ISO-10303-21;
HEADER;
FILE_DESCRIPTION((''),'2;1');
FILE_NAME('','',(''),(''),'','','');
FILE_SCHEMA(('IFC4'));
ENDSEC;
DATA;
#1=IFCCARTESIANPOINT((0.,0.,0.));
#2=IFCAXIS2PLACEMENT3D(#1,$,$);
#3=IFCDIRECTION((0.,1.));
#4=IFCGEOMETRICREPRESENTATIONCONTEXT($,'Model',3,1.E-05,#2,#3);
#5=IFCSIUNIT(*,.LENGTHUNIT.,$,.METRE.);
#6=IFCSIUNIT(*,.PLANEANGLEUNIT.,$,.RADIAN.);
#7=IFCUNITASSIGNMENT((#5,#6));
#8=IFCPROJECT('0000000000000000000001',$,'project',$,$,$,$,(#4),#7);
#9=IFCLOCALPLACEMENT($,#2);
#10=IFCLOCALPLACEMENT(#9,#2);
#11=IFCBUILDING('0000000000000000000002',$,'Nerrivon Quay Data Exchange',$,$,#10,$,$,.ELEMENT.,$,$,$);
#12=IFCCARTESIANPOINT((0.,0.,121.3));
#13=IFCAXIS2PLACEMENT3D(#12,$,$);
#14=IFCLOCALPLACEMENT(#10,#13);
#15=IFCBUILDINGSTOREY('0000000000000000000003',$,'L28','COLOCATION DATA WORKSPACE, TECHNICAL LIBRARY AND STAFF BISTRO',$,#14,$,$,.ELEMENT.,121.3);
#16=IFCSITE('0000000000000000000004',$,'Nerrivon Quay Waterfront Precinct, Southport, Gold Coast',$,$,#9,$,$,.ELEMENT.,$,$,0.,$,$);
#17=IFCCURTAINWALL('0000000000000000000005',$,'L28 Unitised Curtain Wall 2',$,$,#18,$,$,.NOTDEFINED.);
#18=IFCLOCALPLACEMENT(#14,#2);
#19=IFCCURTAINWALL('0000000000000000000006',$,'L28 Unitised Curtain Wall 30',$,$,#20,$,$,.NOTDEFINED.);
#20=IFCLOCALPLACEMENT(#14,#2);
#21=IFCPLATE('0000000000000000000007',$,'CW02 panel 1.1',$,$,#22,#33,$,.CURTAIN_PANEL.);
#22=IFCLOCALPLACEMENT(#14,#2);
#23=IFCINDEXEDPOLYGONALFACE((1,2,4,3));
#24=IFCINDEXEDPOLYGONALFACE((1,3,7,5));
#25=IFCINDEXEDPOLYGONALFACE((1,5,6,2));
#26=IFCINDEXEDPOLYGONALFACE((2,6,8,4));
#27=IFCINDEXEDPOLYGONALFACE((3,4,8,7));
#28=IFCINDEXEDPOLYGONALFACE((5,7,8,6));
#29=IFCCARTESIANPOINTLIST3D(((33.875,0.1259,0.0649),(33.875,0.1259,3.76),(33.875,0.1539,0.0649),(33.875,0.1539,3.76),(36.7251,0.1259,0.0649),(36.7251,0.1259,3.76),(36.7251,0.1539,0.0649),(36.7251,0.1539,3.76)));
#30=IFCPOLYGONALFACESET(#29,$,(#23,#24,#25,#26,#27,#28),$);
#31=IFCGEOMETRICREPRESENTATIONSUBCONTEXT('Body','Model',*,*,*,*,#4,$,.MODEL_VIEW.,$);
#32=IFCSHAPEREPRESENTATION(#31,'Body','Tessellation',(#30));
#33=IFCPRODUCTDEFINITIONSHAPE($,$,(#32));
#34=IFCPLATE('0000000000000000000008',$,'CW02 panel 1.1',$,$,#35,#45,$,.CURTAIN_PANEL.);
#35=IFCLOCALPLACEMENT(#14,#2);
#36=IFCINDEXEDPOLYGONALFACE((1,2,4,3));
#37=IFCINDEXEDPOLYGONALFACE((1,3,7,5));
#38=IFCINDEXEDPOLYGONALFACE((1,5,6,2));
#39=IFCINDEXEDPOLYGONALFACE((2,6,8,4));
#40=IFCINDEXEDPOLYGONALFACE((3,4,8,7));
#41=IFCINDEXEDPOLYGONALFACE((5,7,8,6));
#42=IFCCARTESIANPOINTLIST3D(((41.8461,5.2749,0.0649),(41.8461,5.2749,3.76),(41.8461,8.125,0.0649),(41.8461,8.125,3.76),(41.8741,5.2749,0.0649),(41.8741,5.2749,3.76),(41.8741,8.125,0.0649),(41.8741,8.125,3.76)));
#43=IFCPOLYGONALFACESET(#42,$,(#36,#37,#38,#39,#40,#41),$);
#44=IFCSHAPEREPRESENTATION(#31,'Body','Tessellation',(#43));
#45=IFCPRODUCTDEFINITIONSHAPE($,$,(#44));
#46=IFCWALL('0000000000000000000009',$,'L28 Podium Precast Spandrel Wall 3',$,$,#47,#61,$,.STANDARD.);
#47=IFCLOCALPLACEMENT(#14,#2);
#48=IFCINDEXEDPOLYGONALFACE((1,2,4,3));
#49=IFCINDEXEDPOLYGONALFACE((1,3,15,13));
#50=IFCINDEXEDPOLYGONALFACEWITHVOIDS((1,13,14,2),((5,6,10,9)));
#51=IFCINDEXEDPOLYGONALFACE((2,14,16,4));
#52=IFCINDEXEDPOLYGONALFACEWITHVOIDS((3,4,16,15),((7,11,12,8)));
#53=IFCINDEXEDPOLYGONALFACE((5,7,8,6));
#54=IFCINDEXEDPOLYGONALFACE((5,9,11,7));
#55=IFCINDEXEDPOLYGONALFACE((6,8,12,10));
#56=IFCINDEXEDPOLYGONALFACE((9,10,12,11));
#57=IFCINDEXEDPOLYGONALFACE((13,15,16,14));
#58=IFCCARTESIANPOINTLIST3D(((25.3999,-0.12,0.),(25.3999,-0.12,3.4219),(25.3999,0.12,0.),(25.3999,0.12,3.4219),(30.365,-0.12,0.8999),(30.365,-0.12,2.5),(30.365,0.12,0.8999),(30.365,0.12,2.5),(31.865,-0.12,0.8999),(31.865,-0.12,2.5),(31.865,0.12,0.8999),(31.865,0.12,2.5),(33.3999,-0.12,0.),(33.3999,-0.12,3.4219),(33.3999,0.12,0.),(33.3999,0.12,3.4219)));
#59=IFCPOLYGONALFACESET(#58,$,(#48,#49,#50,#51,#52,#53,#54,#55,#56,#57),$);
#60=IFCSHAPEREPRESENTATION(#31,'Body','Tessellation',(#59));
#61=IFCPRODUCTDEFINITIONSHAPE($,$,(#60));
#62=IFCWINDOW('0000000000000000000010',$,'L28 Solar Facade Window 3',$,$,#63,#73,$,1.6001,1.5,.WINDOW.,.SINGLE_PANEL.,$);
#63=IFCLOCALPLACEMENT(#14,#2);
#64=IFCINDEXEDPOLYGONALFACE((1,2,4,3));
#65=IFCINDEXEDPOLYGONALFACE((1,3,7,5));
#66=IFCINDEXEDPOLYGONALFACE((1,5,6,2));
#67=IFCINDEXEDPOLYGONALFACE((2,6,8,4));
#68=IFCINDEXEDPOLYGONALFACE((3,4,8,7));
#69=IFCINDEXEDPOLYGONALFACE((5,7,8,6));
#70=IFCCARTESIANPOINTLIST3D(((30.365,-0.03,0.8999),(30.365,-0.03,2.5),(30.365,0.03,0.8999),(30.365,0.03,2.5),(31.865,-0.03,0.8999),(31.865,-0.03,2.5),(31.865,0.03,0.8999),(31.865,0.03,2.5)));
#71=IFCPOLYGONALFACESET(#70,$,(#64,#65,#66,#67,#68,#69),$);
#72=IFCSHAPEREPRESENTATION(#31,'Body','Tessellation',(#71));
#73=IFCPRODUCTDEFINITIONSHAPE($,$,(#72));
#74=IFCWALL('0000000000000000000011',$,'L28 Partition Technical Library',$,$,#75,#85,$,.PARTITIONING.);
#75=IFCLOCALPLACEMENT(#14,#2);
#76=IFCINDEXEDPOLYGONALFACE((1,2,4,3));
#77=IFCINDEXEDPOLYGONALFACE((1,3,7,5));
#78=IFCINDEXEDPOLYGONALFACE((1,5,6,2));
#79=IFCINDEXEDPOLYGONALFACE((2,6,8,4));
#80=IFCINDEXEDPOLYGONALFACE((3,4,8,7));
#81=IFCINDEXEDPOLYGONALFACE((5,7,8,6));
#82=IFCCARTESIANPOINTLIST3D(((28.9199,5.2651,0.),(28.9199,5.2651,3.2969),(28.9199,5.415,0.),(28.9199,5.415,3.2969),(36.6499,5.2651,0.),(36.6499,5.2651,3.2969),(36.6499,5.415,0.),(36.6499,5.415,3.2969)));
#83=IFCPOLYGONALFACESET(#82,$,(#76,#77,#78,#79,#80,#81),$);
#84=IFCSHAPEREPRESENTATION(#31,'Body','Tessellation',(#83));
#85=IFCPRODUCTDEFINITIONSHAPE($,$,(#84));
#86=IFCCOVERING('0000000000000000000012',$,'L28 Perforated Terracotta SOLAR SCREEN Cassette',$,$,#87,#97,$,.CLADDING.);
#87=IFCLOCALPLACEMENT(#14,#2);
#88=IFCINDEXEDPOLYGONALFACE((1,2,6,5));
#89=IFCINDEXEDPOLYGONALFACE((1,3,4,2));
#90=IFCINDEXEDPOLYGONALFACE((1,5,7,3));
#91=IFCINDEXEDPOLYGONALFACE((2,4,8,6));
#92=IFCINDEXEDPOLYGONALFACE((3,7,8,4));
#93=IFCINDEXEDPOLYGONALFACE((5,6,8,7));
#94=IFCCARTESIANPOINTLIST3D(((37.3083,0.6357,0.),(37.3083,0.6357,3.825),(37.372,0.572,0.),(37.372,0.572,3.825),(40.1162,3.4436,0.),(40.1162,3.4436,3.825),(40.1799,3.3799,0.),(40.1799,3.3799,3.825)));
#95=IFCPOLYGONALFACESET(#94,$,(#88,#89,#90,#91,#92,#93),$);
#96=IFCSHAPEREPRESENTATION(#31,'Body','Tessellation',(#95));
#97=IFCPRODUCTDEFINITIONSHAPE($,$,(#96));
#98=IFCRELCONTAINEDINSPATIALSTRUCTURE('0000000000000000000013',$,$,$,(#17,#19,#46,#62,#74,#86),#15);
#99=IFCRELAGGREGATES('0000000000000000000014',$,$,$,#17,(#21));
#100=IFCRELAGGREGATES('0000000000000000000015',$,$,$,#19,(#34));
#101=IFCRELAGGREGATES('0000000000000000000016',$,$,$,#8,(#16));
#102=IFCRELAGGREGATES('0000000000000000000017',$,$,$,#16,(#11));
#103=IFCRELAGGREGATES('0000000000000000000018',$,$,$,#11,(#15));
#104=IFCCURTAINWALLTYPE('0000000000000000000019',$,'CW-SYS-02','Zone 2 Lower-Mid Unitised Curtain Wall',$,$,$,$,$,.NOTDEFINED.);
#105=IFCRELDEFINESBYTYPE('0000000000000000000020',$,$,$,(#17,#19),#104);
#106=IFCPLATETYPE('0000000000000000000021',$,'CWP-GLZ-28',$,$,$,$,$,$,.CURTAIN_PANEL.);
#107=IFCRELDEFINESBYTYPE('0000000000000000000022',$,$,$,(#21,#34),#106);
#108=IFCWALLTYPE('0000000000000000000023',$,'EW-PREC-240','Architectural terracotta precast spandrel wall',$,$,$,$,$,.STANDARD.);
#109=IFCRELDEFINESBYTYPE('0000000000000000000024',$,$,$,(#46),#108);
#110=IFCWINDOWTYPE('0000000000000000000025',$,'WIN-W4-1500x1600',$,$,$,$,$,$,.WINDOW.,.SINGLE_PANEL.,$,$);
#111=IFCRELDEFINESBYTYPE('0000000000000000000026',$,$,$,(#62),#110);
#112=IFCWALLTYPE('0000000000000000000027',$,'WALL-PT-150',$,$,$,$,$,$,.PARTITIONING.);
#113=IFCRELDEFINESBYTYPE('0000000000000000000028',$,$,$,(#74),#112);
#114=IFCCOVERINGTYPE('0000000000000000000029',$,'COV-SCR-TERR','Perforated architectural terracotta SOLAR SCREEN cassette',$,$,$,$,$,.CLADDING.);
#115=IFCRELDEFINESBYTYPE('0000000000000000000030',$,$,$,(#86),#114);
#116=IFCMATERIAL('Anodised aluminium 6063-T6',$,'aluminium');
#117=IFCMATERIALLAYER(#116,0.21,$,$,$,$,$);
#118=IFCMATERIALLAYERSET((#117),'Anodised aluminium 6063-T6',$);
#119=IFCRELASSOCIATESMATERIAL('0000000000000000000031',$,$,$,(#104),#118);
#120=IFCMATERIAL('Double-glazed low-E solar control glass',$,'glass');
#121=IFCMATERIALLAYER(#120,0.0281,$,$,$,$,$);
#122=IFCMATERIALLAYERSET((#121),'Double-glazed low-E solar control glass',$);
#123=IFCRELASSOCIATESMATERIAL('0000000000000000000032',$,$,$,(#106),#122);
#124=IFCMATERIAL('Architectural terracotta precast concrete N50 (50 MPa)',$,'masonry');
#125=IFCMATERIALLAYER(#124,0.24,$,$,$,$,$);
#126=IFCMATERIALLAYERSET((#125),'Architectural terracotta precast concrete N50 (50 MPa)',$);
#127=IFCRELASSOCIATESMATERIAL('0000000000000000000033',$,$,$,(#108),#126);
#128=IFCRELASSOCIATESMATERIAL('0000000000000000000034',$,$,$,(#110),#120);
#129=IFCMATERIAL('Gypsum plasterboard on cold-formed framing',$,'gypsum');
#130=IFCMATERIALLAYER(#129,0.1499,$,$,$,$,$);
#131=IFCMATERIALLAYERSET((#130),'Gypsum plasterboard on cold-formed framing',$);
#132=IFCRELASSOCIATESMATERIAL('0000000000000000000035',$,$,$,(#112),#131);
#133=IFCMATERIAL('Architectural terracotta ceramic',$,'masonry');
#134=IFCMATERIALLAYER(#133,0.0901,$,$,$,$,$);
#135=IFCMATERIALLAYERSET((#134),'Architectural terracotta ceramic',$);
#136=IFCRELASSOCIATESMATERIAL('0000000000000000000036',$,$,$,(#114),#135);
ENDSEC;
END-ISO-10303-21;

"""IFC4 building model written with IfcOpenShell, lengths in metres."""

from ifc_helpers import new_model, si_unit, direction, frame, frame_2d, origin, origin_2d, place, context, subcontext, project, spatial, rectangle, extrude, material, layer, layer_set, type_object, element, fill, aggregate, save


model = new_model("IFC4")

# Units and contexts
model_context = context("Model", 3, precision=1e-05, world=origin(), true_north=direction((0.0, 1.0)))
body_context = subcontext(model_context, "Body", "Model", "MODEL_VIEW")
ifc_project = project(units=[si_unit("LENGTHUNIT", "METRE"), si_unit("PLANEANGLEUNIT", "RADIAN")], contexts=[model_context])

# Site, building, storey
site_placement = place(None, origin())
site = spatial("IfcSite", under=ifc_project, at=site_placement, Name="Nerrivon Quay Waterfront Precinct, Southport, Gold Coast", CompositionType="ELEMENT", RefElevation=0.0)
building_placement = place(site_placement, origin())
building = spatial("IfcBuilding", under=site, at=building_placement, Name="Nerrivon Quay Data Exchange", CompositionType="ELEMENT")
storey_placement = place(building_placement, frame((0.0, 0.0, 121.3)))
storey = spatial("IfcBuildingStorey", under=building, at=storey_placement, Name="L28", Description="COLOCATION DATA WORKSPACE, TECHNICAL LIBRARY AND STAFF BISTRO", CompositionType="ELEMENT", Elevation=121.3)

# Curtain walls
ifc_material_1 = material(Name="Anodised aluminium 6063-T6", Category="aluminium")
ifc_layer_1 = layer(ifc_material_1, 0.21)
ifc_layer_set_1 = layer_set([ifc_layer_1], Name="Anodised aluminium 6063-T6")
curtain_wall_type = type_object("IfcCurtainWallType", Name="CW-SYS-02", Description="Zone 2 Lower-Mid Unitised Curtain Wall", PredefinedType="NOTDEFINED", material=ifc_layer_set_1)
curtain_wall_1_placement = place(storey_placement, origin())
curtain_wall_1 = element("IfcCurtainWall", 1, at=curtain_wall_1_placement, inside=storey, type_object=curtain_wall_type, Name="L28 Unitised Curtain Wall 2", PredefinedType="NOTDEFINED")
curtain_wall_2_placement = place(storey_placement, origin())
curtain_wall_2 = element("IfcCurtainWall", 2, at=curtain_wall_2_placement, inside=storey, type_object=curtain_wall_type, Name="L28 Unitised Curtain Wall 30", PredefinedType="NOTDEFINED")

# Plates
ifc_material_2 = material(Name="Double-glazed low-E solar control glass", Category="glass")
ifc_layer_2 = layer(ifc_material_2, 0.0281)
ifc_layer_set_2 = layer_set([ifc_layer_2], Name="Double-glazed low-E solar control glass")
plate_type = type_object("IfcPlateType", Name="CWP-GLZ-28", PredefinedType="CURTAIN_PANEL", material=ifc_layer_set_2)
plate_1_placement = place(storey_placement, frame((35.3, 0.1399, 0.0649), z_axis=(0.0, 0.0, 1.0), x_axis=(-1.0, 0.0, 0.0)))
plate_1 = element("IfcPlate", 3, at=plate_1_placement, type_object=plate_type, Name="CW02 panel 1.1", PredefinedType="CURTAIN_PANEL", context=body_context, shape_type="SweptSolid", body=[
    extrude(rectangle(XDim=2.8501, YDim=0.0281, at=origin_2d()), origin(), (0.0, 0.0, 1.0), 3.6951),
])
aggregate(curtain_wall_1, [plate_1])
plate_2_placement = place(storey_placement, frame((41.8601, 6.7, 0.0649), z_axis=(0.0, 0.0, 1.0), x_axis=(0.0, -1.0, 0.0)))
plate_2 = element("IfcPlate", 4, at=plate_2_placement, type_object=plate_type, Name="CW02 panel 1.1", PredefinedType="CURTAIN_PANEL", context=body_context, shape_type="SweptSolid", body=[
    extrude(rectangle(XDim=2.8501, YDim=0.0281, at=origin_2d()), origin(), (0.0, 0.0, 1.0), 3.6951),
])
aggregate(curtain_wall_2, [plate_2])

# Wall, opening, window
ifc_material_3 = material(Name="Architectural terracotta precast concrete N50 (50 MPa)", Category="masonry")
ifc_layer_3 = layer(ifc_material_3, 0.24)
ifc_layer_set_3 = layer_set([ifc_layer_3], Name="Architectural terracotta precast concrete N50 (50 MPa)")
wall_type_1 = type_object("IfcWallType", Name="EW-PREC-240", Description="Architectural terracotta precast spandrel wall", PredefinedType="STANDARD", material=ifc_layer_set_3)
wall_1_placement = place(storey_placement, frame((33.3999, 0.0, 0.0), z_axis=(0.0, 0.0, 1.0), x_axis=(-1.0, 0.0, 0.0)))
wall_1 = element("IfcWall", 5, at=wall_1_placement, inside=storey, type_object=wall_type_1, Name="L28 Podium Precast Spandrel Wall 3", PredefinedType="STANDARD", context=body_context, shape_type="SweptSolid", body=[
    extrude(rectangle(XDim=8.0, YDim=0.24, at=frame_2d((4.0, 0.0))), origin(), (0.0, 0.0, 1.0), 3.4219),
])
opening_1_placement = place(wall_1_placement, frame((1.5349, 0.0, 0.8999)))
opening_1 = element("IfcOpeningElement", 6, at=opening_1_placement, cuts=wall_1, PredefinedType="OPENING", context=body_context, shape_type="SweptSolid", body=[
    extrude(rectangle(XDim=1.5, YDim=1.6001, at=frame_2d((0.75, 0.8))), frame((0.0, 0.1299, 0.0), z_axis=(0.0, -1.0, 0.0), x_axis=(1.0, 0.0, 0.0)), (0.0, 0.0, 1.0), 0.26),
])
window_type = type_object("IfcWindowType", Name="WIN-W4-1500x1600", PartitioningType="SINGLE_PANEL", PredefinedType="WINDOW", material=ifc_material_2)
window_placement = place(opening_1_placement, origin())
window = element("IfcWindow", 7, at=window_placement, inside=storey, type_object=window_type, Name="L28 Solar Facade Window 3", OverallHeight=1.6001, OverallWidth=1.5, PartitioningType="SINGLE_PANEL", PredefinedType="WINDOW", context=body_context, shape_type="SweptSolid", body=[
    extrude(rectangle(XDim=1.5, YDim=1.6001, at=frame_2d((0.75, 0.8))), frame((0.0, 0.03, 0.0), z_axis=(0.0, -1.0, 0.0), x_axis=(1.0, 0.0, 0.0)), (0.0, 0.0, 1.0), 0.0601),
])
fill(opening_1, window)

# Shared definitions
ifc_material_4 = material(Name="Gypsum plasterboard on cold-formed framing", Category="gypsum")

# Wall
ifc_layer_4 = layer(ifc_material_4, 0.1499)
ifc_layer_set_4 = layer_set([ifc_layer_4], Name="Gypsum plasterboard on cold-formed framing")
wall_type_2 = type_object("IfcWallType", Name="WALL-PT-150", PredefinedType="PARTITIONING", material=ifc_layer_set_4)
wall_2_placement = place(storey_placement, frame((36.6499, 5.3401, 0.0), z_axis=(0.0, 0.0, 1.0), x_axis=(-1.0, 0.0, 0.0)))
element("IfcWall", 8, at=wall_2_placement, inside=storey, type_object=wall_type_2, Name="L28 Partition Technical Library", PredefinedType="PARTITIONING", context=body_context, shape_type="SweptSolid", body=[
    extrude(rectangle(XDim=7.73, YDim=0.1499, at=frame_2d((3.865, 0.0))), origin(), (0.0, 0.0, 1.0), 3.2969),
])

# Covering
ifc_material_5 = material(Name="Architectural terracotta ceramic", Category="masonry")
ifc_layer_5 = layer(ifc_material_5, 0.0901)
ifc_layer_set_5 = layer_set([ifc_layer_5], Name="Architectural terracotta ceramic")
covering_type = type_object("IfcCoveringType", Name="COV-SCR-TERR", Description="Perforated architectural terracotta SOLAR SCREEN cassette", PredefinedType="CLADDING", material=ifc_layer_set_5)
covering_placement = place(storey_placement, frame((38.7441, 2.0078, 0.0), z_axis=(0.0, 0.0, 1.0), x_axis=(-0.707107, -0.707107, 0.0)))
element("IfcCovering", 9, at=covering_placement, inside=storey, type_object=covering_type, Name="L28 Perforated Terracotta SOLAR SCREEN Cassette", PredefinedType="CLADDING", context=body_context, shape_type="SweptSolid", body=[
    extrude(rectangle(XDim=3.9709, YDim=0.0901, at=origin_2d()), origin(), (0.0, 0.0, 1.0), 3.825),
])

save(model, "model.ifc")
